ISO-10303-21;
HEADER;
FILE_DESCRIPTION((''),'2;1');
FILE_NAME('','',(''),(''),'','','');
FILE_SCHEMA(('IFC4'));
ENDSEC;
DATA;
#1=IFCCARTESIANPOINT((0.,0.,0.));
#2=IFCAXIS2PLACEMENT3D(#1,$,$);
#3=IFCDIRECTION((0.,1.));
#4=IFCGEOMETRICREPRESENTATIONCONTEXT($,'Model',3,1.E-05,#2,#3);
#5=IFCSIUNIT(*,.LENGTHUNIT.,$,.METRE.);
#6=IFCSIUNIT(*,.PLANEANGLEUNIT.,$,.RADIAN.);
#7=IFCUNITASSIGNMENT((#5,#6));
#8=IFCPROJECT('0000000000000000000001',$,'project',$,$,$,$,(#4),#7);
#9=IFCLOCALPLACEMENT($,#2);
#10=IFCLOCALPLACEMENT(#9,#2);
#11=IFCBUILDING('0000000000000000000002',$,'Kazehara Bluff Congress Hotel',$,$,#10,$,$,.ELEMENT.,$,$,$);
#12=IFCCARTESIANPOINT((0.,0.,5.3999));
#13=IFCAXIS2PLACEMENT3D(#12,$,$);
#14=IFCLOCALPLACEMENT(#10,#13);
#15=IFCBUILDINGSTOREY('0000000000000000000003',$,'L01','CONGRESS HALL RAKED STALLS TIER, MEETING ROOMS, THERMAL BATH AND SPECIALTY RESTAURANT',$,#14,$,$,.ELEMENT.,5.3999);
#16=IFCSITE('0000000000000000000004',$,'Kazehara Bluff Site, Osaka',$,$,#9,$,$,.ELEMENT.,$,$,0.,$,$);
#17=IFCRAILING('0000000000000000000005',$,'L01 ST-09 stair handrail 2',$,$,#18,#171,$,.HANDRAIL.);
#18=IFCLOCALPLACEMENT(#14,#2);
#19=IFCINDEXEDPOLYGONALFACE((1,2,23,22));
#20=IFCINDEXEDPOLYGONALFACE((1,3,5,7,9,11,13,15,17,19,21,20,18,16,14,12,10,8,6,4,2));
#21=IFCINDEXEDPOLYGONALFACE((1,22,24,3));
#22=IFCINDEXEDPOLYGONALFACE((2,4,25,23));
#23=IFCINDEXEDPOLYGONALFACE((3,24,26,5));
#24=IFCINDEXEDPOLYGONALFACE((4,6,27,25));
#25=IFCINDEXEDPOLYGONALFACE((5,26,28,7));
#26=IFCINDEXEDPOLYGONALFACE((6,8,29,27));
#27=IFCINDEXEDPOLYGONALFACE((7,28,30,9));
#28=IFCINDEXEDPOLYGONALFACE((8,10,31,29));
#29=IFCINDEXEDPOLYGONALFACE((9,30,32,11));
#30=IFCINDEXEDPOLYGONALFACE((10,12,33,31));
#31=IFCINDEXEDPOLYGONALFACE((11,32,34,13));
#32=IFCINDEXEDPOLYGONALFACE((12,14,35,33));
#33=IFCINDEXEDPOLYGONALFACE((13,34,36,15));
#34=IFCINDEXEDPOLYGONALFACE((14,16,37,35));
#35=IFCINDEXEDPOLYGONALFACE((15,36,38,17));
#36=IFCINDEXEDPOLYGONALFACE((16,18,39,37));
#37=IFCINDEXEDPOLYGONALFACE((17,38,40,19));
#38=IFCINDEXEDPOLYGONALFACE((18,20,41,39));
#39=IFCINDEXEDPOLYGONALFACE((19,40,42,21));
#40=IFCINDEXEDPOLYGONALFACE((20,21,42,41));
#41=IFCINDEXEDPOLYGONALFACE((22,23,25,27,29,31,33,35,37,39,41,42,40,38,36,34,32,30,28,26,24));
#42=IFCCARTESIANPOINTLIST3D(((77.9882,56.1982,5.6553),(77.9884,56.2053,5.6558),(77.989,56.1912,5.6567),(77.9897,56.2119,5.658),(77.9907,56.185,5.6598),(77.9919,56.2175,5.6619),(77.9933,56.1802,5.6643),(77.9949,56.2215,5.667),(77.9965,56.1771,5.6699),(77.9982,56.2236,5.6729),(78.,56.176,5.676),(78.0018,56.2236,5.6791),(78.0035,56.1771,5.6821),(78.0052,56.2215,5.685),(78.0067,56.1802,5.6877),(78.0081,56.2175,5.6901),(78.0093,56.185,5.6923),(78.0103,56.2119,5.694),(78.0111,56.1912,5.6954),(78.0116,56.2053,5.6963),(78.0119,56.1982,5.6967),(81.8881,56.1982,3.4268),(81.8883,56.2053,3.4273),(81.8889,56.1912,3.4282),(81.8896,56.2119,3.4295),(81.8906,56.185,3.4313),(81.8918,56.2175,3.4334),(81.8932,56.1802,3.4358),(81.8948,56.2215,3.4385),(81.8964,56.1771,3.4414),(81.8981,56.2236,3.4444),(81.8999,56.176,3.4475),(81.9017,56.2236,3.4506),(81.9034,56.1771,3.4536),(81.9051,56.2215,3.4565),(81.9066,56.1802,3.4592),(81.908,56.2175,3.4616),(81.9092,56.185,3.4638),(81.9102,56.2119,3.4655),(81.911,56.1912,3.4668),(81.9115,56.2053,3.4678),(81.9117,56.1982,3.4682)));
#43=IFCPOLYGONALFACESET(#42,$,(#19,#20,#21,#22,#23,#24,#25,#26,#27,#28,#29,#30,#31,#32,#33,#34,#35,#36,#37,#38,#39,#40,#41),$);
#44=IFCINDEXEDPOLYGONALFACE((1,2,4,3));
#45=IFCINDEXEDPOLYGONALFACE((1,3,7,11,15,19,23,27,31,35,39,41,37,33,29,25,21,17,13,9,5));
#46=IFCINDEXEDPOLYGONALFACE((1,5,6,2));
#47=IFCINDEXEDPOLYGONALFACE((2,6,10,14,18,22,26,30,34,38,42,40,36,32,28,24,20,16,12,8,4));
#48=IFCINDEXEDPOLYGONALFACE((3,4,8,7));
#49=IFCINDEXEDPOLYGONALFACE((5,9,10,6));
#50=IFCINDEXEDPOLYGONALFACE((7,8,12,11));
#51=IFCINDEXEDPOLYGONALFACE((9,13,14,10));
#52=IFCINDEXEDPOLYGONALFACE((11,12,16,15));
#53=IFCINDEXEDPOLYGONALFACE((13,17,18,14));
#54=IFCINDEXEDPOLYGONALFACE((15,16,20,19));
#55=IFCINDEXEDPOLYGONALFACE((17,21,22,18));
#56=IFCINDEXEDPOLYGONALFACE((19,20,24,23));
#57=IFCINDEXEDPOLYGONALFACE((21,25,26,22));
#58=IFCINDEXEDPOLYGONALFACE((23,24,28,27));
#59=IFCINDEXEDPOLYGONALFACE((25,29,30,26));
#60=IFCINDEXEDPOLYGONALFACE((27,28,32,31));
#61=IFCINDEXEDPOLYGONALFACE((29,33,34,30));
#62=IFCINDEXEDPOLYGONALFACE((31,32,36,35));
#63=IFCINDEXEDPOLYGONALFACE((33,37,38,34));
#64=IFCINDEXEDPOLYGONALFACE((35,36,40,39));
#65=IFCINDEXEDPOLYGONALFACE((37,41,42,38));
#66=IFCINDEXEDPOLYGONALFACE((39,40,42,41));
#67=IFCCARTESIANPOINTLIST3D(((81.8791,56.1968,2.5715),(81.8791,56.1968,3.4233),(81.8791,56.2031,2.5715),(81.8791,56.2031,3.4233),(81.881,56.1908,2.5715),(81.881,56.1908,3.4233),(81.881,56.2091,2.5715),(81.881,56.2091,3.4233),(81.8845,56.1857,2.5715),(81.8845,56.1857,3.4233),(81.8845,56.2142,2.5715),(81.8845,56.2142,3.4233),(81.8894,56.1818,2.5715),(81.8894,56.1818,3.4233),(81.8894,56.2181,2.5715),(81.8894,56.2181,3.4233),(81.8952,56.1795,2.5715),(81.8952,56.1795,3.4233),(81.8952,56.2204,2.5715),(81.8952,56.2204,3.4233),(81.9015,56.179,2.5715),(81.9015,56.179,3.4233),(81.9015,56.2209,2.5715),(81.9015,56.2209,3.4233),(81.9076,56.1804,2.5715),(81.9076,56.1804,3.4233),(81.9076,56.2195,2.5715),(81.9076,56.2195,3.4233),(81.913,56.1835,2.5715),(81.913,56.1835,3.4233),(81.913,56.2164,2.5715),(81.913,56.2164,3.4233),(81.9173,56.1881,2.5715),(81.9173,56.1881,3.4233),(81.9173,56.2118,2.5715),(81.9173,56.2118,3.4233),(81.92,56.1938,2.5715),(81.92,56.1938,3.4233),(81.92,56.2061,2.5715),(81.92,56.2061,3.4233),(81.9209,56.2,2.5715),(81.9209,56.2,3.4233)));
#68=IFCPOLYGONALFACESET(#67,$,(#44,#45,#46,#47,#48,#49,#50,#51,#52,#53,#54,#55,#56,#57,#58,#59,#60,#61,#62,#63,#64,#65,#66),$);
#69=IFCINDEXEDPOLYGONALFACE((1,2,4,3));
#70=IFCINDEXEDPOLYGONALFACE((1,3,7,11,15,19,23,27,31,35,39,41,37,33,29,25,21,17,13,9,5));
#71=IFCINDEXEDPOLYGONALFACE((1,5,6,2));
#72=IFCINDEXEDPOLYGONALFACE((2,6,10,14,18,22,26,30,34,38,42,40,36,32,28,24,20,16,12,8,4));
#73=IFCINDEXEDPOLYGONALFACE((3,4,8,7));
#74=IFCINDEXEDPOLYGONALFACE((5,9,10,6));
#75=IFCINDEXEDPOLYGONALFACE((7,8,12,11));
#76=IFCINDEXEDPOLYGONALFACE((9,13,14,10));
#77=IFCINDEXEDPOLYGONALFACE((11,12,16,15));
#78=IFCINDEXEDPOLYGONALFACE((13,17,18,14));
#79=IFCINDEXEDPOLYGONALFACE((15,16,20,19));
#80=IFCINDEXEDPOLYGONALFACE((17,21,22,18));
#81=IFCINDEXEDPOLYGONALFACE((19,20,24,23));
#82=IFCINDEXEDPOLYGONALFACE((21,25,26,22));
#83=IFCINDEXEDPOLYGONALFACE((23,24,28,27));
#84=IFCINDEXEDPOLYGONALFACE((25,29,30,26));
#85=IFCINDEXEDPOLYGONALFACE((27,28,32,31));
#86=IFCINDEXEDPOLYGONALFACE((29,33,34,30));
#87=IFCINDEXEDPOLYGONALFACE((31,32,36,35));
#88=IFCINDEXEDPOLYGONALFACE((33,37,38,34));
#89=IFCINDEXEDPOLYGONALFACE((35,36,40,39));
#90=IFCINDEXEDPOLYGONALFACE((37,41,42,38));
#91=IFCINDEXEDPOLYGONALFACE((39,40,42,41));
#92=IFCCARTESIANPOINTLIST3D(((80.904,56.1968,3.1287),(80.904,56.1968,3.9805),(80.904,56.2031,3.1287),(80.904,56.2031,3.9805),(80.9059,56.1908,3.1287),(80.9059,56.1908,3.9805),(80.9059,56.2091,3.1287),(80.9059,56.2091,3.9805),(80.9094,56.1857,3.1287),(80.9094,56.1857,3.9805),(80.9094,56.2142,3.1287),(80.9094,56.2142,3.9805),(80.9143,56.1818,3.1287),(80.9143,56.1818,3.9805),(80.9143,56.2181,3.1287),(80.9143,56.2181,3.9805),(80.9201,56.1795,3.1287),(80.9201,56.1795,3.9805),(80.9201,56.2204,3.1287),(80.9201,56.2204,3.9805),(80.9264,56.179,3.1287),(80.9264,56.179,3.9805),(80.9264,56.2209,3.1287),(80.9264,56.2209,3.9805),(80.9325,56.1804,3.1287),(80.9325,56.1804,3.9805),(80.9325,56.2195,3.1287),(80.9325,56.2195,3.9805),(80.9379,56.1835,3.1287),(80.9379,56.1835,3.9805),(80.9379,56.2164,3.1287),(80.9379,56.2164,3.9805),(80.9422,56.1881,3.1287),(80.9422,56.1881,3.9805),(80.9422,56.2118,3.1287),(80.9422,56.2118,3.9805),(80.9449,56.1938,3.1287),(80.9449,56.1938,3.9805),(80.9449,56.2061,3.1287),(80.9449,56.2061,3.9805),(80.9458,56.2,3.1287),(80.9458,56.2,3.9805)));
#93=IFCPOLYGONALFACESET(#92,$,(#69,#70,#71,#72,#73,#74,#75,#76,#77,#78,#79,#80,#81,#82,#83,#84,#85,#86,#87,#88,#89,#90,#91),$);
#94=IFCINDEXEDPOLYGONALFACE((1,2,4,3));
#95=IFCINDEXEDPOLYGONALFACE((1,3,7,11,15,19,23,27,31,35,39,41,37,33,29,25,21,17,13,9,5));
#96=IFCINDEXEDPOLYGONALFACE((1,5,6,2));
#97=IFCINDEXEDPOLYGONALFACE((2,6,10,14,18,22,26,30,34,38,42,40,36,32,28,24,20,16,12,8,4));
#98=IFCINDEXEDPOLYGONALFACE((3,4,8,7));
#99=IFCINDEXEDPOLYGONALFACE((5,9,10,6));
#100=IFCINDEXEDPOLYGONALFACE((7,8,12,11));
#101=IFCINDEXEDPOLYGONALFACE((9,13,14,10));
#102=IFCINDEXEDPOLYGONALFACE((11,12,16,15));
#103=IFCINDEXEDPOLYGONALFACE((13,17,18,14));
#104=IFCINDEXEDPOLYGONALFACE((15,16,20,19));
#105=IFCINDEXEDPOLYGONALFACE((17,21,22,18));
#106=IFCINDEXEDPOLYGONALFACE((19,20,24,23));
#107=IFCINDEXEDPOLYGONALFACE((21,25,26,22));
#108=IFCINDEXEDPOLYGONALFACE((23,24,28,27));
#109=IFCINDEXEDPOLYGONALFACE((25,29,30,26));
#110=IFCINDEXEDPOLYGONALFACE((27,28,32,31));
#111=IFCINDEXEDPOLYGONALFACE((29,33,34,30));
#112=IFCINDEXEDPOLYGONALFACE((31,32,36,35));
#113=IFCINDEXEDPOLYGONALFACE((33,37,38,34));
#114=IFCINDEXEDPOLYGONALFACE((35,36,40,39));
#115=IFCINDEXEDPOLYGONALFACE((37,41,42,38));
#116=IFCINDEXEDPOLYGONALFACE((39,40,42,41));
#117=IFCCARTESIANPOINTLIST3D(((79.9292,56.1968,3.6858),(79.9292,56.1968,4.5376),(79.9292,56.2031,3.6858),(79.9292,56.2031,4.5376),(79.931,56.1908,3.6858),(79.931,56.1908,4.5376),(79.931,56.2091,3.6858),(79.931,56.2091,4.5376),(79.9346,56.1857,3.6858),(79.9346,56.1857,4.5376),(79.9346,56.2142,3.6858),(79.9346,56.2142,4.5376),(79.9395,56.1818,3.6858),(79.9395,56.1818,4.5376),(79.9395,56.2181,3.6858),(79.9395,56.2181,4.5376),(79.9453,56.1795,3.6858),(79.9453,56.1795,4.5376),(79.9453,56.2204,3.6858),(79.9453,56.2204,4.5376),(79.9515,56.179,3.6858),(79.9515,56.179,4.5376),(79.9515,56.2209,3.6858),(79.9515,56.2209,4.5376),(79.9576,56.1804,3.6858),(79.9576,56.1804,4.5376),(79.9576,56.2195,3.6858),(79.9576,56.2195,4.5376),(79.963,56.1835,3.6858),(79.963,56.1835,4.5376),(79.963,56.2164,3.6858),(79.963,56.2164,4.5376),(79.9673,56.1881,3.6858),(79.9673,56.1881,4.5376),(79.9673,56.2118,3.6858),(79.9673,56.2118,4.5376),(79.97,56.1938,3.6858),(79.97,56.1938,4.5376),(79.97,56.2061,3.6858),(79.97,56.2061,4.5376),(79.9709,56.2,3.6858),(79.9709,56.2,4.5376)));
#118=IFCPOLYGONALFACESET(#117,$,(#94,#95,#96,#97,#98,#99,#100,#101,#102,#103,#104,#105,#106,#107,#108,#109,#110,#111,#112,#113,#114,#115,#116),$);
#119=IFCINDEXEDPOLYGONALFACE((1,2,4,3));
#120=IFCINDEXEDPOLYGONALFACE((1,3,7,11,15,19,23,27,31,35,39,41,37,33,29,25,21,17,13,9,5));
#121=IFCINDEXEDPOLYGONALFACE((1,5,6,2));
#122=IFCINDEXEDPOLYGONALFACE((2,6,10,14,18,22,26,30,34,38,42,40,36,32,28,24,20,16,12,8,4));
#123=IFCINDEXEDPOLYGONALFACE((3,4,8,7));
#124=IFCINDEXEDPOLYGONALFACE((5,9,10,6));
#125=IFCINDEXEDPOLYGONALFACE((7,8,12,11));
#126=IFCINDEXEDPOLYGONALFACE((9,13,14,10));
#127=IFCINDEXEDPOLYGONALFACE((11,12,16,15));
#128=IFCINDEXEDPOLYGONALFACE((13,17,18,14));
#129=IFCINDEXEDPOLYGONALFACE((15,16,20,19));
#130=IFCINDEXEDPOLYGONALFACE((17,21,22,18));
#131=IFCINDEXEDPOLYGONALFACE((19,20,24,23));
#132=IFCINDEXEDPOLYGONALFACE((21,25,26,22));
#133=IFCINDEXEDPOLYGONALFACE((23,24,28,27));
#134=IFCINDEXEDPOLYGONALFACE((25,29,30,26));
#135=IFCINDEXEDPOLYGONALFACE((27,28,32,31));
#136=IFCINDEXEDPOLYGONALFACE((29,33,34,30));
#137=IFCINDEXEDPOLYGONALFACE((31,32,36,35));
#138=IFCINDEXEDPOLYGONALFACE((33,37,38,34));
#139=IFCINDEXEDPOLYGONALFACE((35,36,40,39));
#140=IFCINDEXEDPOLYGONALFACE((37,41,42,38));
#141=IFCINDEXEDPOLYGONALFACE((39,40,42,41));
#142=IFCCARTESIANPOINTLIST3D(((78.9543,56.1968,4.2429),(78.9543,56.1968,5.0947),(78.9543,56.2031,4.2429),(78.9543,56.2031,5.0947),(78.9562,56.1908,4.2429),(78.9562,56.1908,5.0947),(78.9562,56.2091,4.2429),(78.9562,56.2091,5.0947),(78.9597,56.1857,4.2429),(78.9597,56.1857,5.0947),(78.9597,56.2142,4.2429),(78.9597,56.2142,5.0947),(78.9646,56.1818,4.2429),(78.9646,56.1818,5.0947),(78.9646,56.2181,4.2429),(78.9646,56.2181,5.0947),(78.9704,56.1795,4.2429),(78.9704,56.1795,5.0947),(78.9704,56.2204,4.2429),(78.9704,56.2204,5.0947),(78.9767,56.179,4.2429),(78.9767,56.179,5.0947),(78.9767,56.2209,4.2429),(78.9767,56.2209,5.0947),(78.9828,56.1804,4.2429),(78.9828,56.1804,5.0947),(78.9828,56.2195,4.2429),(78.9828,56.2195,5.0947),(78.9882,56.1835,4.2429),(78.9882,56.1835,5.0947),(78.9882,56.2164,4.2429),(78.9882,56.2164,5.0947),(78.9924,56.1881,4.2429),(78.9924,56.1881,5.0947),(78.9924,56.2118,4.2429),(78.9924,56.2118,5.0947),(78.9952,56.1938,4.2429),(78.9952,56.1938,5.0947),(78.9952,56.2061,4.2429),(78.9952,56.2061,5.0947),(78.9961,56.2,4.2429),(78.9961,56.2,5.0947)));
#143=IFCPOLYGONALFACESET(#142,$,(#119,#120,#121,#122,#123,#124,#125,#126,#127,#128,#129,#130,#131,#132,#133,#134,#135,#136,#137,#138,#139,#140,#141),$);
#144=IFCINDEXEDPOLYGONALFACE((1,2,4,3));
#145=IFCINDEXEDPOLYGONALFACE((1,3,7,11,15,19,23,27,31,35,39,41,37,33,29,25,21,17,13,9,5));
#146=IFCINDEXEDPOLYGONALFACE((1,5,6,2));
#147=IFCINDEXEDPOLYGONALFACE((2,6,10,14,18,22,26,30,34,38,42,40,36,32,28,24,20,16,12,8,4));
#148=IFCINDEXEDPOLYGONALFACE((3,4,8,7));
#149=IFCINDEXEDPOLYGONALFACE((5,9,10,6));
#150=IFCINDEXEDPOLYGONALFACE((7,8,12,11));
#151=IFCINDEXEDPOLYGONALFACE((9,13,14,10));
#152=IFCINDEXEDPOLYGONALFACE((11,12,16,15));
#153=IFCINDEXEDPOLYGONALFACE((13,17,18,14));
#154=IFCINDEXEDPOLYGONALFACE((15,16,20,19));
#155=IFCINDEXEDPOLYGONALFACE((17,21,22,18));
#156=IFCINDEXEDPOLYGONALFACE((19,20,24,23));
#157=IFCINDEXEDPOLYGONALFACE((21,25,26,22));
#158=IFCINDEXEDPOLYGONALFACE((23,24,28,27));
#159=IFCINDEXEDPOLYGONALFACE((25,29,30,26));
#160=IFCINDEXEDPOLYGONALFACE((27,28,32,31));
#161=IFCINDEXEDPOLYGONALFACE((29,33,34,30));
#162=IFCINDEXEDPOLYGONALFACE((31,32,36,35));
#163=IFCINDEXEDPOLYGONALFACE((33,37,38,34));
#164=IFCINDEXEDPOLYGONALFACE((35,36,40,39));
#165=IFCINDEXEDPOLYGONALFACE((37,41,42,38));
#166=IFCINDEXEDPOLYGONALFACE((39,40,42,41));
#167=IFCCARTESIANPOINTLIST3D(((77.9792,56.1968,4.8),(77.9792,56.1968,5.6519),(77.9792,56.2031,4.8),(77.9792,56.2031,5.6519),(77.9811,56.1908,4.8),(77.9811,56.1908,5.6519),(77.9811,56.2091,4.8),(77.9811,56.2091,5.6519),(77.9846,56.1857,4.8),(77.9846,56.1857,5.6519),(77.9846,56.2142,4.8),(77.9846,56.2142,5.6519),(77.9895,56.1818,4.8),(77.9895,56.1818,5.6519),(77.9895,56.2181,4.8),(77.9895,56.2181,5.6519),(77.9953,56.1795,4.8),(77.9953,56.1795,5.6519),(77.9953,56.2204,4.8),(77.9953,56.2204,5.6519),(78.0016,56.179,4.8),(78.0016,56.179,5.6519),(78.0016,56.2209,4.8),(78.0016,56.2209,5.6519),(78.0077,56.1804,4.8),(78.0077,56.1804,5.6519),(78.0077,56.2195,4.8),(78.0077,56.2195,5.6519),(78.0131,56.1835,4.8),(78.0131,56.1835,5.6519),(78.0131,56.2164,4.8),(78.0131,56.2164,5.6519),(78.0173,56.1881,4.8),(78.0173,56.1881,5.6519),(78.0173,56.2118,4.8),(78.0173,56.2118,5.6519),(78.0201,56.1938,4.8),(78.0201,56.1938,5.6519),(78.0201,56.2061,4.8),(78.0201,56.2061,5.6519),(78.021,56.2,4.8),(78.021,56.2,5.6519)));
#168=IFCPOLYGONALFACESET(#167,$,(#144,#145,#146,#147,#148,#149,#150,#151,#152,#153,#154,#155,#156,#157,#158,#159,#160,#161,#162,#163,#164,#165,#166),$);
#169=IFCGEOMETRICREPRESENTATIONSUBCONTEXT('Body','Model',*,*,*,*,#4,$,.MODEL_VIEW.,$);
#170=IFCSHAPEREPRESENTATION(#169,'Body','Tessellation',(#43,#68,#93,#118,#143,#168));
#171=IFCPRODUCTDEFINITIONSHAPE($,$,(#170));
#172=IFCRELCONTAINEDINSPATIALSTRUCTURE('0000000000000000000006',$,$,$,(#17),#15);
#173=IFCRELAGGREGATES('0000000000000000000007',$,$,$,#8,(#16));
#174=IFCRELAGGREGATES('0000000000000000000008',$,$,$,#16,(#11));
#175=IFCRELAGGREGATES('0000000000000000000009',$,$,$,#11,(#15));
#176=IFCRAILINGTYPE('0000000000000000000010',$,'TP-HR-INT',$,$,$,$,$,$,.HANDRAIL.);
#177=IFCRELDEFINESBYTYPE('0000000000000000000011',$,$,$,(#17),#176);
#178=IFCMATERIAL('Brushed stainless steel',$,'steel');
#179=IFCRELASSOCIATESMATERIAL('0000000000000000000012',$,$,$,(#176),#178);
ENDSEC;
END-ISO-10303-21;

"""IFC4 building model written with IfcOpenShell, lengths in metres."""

from ifc_helpers import new_model, si_unit, direction, frame, origin, origin_2d, place, context, subcontext, project, spatial, circle, extrude, material, type_object, element, save


model = new_model("IFC4")

# Units and contexts
model_context = context("Model", 3, precision=1e-05, world=origin(), true_north=direction((0.0, 1.0)))
body_context = subcontext(model_context, "Body", "Model", "MODEL_VIEW")
ifc_project = project(units=[si_unit("LENGTHUNIT", "METRE"), si_unit("PLANEANGLEUNIT", "RADIAN")], contexts=[model_context])

# Site, building, storey
site_placement = place(None, origin())
site = spatial("IfcSite", under=ifc_project, at=site_placement, Name="Kazehara Bluff Site, Osaka", CompositionType="ELEMENT", RefElevation=0.0)
building_placement = place(site_placement, origin())
building = spatial("IfcBuilding", under=site, at=building_placement, Name="Kazehara Bluff Congress Hotel", CompositionType="ELEMENT")
storey_placement = place(building_placement, frame((0.0, 0.0, 5.3999)))
storey = spatial("IfcBuildingStorey", under=building, at=storey_placement, Name="L01", Description="CONGRESS HALL RAKED STALLS TIER, MEETING ROOMS, THERMAL BATH AND SPECIALTY RESTAURANT", CompositionType="ELEMENT", Elevation=5.3999)

# Railing
ifc_material_1 = material(Name="Brushed stainless steel", Category="steel")
railing_type_1 = type_object("IfcRailingType", Name="TP-HR-INT", PredefinedType="HANDRAIL", material=ifc_material_1)
railing_1_placement = place(storey_placement, frame((81.8999, 56.2, 2.5715)))
element("IfcRailing", 1, at=railing_1_placement, inside=storey, type_object=railing_type_1, Name="L01 ST-09 stair handrail 2", PredefinedType="HANDRAIL", context=body_context, shape_type="SweptSolid", body=[
    extrude(circle(Radius=0.0239, at=origin_2d()), frame((0.0, 0.0, 0.876), z_axis=(-0.868243, 0.0, 0.496139), x_axis=(0.0, -1.0, 0.0)), (0.0, 0.0, 1.0), 4.4917),
    extrude(circle(Radius=0.021, at=origin_2d()), origin(), (0.0, 0.0, 1.0), 0.8518),
    extrude(circle(Radius=0.021, at=origin_2d()), frame((-0.9751, 0.0, 0.5571)), (0.0, 0.0, 1.0), 0.8518),
    extrude(circle(Radius=0.021, at=origin_2d()), frame((-1.95, 0.0, 1.1143)), (0.0, 0.0, 1.0), 0.8518),
    extrude(circle(Radius=0.021, at=origin_2d()), frame((-2.9248, 0.0, 1.6714)), (0.0, 0.0, 1.0), 0.8518),
    extrude(circle(Radius=0.021, at=origin_2d()), frame((-3.8999, 0.0, 2.2285)), (0.0, 0.0, 1.0), 0.8518),
])

save(model, "model.ifc")
